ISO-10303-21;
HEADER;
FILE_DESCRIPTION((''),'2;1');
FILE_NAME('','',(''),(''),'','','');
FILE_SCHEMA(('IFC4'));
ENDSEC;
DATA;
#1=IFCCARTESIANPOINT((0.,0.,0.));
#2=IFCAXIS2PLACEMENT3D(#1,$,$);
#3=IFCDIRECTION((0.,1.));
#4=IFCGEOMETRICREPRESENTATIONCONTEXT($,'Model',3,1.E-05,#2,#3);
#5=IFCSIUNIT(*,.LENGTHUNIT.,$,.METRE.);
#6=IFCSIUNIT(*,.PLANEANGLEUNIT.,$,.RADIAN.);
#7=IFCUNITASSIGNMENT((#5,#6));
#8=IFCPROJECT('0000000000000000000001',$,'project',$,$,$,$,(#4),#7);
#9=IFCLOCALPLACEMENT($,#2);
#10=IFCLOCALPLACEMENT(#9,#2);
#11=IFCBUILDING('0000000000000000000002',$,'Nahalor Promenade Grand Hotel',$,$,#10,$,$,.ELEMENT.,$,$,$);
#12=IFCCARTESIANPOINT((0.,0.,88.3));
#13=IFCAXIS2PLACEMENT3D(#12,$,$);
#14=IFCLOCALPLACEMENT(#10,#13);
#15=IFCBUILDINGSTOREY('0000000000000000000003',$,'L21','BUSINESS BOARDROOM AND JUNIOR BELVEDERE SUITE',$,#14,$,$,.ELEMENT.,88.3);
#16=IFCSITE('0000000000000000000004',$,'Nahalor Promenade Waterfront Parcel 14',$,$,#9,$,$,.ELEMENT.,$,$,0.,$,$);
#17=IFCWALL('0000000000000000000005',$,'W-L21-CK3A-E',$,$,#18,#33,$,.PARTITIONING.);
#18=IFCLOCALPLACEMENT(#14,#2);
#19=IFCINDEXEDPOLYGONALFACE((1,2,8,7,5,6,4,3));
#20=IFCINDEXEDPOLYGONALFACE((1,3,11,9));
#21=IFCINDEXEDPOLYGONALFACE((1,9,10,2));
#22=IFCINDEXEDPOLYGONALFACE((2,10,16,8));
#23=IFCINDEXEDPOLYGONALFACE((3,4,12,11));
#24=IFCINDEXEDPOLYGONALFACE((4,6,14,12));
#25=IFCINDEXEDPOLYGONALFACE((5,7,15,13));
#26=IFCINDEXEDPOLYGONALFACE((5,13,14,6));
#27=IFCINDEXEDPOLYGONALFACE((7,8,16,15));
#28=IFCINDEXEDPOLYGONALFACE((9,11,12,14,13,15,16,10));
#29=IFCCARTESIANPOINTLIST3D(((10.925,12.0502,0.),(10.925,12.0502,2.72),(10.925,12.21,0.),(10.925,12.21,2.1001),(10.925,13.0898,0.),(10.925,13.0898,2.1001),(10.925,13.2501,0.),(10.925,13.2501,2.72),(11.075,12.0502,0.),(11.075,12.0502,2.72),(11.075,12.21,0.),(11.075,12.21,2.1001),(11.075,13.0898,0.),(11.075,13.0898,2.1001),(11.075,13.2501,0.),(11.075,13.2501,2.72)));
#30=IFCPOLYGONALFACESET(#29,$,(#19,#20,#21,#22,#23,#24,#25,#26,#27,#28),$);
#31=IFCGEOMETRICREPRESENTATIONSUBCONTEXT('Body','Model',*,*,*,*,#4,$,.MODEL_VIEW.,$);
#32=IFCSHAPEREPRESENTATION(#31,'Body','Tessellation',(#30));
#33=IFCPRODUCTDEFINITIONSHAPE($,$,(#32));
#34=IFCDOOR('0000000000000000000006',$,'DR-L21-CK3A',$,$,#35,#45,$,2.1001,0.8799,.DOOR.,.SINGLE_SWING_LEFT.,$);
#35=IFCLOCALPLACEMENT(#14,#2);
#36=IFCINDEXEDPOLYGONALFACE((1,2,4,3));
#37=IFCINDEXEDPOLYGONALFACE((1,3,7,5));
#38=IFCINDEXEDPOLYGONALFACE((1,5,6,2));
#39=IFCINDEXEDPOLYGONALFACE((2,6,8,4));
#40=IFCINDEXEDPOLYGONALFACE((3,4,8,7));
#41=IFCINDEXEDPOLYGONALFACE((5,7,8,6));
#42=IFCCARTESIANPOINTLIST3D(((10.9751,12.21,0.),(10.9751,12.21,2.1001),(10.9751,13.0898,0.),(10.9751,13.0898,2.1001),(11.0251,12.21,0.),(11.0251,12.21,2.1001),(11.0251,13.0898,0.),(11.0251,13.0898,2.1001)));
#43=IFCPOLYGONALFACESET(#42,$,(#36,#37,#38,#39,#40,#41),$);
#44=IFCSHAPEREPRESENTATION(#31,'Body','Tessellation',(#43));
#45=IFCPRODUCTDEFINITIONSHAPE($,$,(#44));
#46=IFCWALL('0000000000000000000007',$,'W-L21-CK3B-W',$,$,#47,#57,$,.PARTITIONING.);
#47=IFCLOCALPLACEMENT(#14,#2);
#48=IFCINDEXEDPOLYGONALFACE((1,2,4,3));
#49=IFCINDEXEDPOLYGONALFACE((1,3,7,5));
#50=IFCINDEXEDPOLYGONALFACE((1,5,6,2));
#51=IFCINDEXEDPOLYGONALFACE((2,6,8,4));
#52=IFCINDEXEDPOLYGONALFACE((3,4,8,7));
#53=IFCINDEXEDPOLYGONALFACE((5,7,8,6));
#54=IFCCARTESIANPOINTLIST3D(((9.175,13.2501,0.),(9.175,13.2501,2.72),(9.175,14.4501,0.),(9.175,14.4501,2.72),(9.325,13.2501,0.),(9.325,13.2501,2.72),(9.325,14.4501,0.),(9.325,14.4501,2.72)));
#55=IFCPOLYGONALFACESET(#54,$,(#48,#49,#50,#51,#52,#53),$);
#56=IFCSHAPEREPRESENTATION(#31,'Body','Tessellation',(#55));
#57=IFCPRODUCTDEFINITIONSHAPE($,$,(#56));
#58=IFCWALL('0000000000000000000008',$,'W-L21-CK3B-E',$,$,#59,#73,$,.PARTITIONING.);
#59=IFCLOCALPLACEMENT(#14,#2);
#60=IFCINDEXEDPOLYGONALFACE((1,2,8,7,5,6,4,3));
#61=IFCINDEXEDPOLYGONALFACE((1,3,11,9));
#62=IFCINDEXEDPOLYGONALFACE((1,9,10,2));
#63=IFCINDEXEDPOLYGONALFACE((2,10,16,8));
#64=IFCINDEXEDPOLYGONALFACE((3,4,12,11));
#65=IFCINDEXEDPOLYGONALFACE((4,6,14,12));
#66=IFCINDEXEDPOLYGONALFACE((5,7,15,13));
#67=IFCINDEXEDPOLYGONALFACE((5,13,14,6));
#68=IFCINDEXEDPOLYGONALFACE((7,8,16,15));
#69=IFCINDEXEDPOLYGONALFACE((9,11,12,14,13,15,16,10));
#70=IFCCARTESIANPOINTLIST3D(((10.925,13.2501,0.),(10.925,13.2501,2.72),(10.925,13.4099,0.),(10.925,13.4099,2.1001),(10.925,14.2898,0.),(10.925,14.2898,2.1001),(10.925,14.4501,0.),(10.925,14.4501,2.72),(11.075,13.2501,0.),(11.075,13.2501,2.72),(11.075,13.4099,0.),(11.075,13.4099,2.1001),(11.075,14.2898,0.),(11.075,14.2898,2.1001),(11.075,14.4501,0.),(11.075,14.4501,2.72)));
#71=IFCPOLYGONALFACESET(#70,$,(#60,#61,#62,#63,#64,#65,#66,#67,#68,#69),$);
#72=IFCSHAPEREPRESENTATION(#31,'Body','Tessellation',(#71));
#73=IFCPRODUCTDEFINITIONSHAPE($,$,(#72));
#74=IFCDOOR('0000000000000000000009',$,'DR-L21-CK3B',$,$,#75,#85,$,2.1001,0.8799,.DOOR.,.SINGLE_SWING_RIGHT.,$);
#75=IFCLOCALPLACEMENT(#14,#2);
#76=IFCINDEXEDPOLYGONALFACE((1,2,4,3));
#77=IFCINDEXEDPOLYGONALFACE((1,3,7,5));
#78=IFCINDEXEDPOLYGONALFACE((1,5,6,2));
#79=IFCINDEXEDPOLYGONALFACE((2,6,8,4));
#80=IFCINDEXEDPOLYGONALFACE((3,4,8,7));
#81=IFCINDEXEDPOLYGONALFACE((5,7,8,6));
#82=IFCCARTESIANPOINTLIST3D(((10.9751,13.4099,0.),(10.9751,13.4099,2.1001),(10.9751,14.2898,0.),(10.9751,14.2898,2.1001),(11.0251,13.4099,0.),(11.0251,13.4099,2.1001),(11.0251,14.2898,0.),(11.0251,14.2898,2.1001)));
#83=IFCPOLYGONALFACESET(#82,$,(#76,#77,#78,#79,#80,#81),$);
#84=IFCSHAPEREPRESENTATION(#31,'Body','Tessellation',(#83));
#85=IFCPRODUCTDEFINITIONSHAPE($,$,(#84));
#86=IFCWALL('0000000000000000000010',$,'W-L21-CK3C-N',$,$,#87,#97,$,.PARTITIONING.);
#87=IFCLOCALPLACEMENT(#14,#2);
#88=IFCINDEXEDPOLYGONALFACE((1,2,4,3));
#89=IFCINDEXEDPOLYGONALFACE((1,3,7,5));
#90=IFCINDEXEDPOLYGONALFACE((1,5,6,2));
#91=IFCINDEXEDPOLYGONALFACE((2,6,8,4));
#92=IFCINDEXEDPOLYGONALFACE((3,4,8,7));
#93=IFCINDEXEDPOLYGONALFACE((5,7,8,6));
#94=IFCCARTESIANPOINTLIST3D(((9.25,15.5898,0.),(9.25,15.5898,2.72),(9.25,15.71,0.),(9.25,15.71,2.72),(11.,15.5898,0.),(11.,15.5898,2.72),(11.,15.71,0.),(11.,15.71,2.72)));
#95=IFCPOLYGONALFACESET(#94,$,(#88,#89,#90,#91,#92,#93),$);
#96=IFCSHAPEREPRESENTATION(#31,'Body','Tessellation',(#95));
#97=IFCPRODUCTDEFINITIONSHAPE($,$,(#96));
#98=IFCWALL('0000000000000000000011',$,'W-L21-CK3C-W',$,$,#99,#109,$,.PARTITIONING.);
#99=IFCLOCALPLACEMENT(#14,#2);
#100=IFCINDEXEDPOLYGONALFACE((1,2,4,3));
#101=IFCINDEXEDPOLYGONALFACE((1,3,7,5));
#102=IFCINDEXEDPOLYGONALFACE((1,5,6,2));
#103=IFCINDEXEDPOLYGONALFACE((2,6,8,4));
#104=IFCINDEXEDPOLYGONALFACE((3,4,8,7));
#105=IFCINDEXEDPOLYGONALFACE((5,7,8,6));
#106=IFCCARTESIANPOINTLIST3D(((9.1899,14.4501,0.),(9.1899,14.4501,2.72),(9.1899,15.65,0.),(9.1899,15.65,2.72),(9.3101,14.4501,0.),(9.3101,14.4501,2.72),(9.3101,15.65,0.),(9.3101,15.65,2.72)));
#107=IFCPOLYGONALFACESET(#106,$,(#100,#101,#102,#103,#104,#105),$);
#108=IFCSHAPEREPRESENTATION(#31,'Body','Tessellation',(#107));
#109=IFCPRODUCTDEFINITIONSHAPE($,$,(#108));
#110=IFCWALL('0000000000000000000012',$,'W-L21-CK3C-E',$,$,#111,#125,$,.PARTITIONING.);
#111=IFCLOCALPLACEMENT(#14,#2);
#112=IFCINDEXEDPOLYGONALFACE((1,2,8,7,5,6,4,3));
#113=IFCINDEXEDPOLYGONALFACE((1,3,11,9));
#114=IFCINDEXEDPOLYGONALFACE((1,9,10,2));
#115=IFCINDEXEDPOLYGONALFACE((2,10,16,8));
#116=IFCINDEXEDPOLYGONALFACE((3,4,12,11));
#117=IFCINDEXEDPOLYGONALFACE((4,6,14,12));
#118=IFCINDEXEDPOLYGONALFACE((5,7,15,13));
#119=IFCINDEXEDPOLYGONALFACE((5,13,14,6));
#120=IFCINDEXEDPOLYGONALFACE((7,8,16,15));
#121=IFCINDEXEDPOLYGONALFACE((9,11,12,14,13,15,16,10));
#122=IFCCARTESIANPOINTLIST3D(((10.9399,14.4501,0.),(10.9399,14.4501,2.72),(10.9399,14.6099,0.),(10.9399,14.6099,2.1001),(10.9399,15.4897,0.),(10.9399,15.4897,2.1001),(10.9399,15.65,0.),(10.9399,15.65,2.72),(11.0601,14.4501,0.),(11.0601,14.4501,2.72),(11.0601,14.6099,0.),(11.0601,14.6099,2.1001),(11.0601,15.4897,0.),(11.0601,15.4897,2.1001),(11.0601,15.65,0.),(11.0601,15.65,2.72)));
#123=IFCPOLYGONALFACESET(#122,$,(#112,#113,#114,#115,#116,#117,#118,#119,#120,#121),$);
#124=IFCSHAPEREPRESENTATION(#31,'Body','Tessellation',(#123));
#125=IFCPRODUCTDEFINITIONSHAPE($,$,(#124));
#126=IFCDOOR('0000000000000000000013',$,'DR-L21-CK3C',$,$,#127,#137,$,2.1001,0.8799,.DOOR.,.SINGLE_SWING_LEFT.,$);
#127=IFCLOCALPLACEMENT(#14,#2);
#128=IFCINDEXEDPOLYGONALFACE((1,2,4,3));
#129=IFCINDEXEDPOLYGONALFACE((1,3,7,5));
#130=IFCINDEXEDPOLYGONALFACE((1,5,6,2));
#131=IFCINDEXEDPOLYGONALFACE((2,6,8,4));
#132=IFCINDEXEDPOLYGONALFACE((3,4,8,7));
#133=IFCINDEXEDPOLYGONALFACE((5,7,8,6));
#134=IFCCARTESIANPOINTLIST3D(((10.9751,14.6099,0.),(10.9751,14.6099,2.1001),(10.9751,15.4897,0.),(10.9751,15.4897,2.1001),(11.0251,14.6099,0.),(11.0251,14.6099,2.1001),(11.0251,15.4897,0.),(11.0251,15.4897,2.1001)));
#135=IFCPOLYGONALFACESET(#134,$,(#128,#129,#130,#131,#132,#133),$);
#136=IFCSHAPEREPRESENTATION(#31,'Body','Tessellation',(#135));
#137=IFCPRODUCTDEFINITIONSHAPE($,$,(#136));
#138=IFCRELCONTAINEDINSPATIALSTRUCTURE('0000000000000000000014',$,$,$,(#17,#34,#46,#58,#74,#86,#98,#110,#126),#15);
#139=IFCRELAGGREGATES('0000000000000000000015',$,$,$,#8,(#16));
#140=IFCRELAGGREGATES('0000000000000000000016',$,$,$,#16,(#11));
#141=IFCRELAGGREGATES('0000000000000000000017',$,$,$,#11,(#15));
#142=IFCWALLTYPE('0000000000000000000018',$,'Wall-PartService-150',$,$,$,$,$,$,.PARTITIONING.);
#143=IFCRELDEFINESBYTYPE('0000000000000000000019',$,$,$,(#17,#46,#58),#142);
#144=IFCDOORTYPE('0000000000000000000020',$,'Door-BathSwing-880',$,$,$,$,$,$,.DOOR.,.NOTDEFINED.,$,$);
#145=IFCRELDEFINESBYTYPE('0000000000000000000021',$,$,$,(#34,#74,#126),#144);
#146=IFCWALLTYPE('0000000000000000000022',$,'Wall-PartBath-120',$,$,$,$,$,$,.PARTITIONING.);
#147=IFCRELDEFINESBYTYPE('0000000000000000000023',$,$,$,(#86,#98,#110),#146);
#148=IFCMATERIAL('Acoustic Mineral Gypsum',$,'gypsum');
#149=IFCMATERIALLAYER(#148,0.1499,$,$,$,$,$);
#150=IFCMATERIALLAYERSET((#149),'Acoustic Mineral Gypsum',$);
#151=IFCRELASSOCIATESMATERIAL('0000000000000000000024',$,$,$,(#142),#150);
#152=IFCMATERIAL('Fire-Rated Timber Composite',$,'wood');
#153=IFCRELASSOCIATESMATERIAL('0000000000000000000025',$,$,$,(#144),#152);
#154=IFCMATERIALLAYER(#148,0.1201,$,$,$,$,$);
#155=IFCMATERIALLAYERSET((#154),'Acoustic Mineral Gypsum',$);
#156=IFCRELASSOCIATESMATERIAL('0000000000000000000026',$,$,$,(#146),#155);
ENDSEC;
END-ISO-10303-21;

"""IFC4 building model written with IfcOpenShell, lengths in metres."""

from ifc_helpers import new_model, si_unit, direction, frame, frame_2d, origin, place, context, subcontext, project, spatial, rectangle, extrude, source, transform, mapped, material, layer, layer_set, type_object, element, fill, save


model = new_model("IFC4")

# Units and contexts
model_context = context("Model", 3, precision=1e-05, world=origin(), true_north=direction((0.0, 1.0)))
body_context = subcontext(model_context, "Body", "Model", "MODEL_VIEW")
ifc_project = project(units=[si_unit("LENGTHUNIT", "METRE"), si_unit("PLANEANGLEUNIT", "RADIAN")], contexts=[model_context])

# Site, building, storey
site_placement = place(None, origin())
site = spatial("IfcSite", under=ifc_project, at=site_placement, Name="Nahalor Promenade Waterfront Parcel 14", CompositionType="ELEMENT", RefElevation=0.0)
building_placement = place(site_placement, origin())
building = spatial("IfcBuilding", under=site, at=building_placement, Name="Nahalor Promenade Grand Hotel", CompositionType="ELEMENT")
storey_placement = place(building_placement, frame((0.0, 0.0, 88.3)))
storey = spatial("IfcBuildingStorey", under=building, at=storey_placement, Name="L21", Description="BUSINESS BOARDROOM AND JUNIOR BELVEDERE SUITE", CompositionType="ELEMENT", Elevation=88.3)

# Shared definitions
ifc_material_1 = material(Name="Acoustic Mineral Gypsum", Category="gypsum")
ifc_layer_1 = layer(ifc_material_1, 0.1499)
ifc_layer_set_1 = layer_set([ifc_layer_1], Name="Acoustic Mineral Gypsum")
wall_type_1 = type_object("IfcWallType", Name="Wall-PartService-150", PredefinedType="PARTITIONING", material=ifc_layer_set_1)
shared_shape_1 = source(origin(), body_context, "Body", "SweptSolid", [
    extrude(rectangle(XDim=1.2, YDim=0.1499, at=frame_2d((0.6001, 0.0))), origin(), (0.0, 0.0, 1.0), 2.72),
])

# Wall, opening, door
wall_1_placement = place(storey_placement, frame((11.0, 12.05, 0.0), z_axis=(0.0, 0.0, 1.0), x_axis=(0.0, 1.0, 0.0)))
wall_1 = element("IfcWall", 1, at=wall_1_placement, inside=storey, type_object=wall_type_1, Name="W-L21-CK3A-E", PredefinedType="PARTITIONING", context=body_context, shape_type="MappedRepresentation", body=[
    mapped(shared_shape_1, transform((0.0, 0.0, 0.0), scale=1.0)),
])
opening_1_placement = place(wall_1_placement, frame((0.1599, 0.0, 0.0)))
opening_1 = element("IfcOpeningElement", 2, at=opening_1_placement, cuts=wall_1, PredefinedType="OPENING", context=body_context, shape_type="SweptSolid", body=[
    extrude(rectangle(XDim=0.8799, YDim=2.1001, at=frame_2d((0.4399, 1.05))), frame((0.0, 0.085, 0.0), z_axis=(0.0, -1.0, 0.0), x_axis=(1.0, 0.0, 0.0)), (0.0, 0.0, 1.0), 0.1699),
])
ifc_material_2 = material(Name="Fire-Rated Timber Composite", Category="wood")
door_type_1 = type_object("IfcDoorType", Name="Door-BathSwing-880", OperationType="NOTDEFINED", PredefinedType="DOOR", material=ifc_material_2)
shared_shape_2 = source(origin(), body_context, "Body", "SweptSolid", [
    extrude(rectangle(XDim=0.8799, YDim=2.1001, at=frame_2d((0.4399, 1.05))), frame((0.0, 0.0249, 0.0), z_axis=(0.0, -1.0, 0.0), x_axis=(1.0, 0.0, 0.0)), (0.0, 0.0, 1.0), 0.05),
])
door_1_placement = place(opening_1_placement, origin())
door_1 = element("IfcDoor", 3, at=door_1_placement, inside=storey, type_object=door_type_1, Name="DR-L21-CK3A", OperationType="SINGLE_SWING_LEFT", OverallHeight=2.1001, OverallWidth=0.8799, PredefinedType="DOOR", context=body_context, shape_type="MappedRepresentation", body=[
    mapped(shared_shape_2, transform((0.0, 0.0, 0.0), scale=1.0)),
])
fill(opening_1, door_1)

# Wall
wall_2_placement = place(storey_placement, frame((9.25, 13.25, 0.0), z_axis=(0.0, 0.0, 1.0), x_axis=(0.0, 1.0, 0.0)))
element("IfcWall", 4, at=wall_2_placement, inside=storey, type_object=wall_type_1, Name="W-L21-CK3B-W", PredefinedType="PARTITIONING", context=body_context, shape_type="MappedRepresentation", body=[
    mapped(shared_shape_1, transform((0.0, 0.0, 0.0), scale=1.0)),
])

# Wall, opening, door
wall_3_placement = place(storey_placement, frame((11.0, 13.25, 0.0), z_axis=(0.0, 0.0, 1.0), x_axis=(0.0, 1.0, 0.0)))
wall_3 = element("IfcWall", 5, at=wall_3_placement, inside=storey, type_object=wall_type_1, Name="W-L21-CK3B-E", PredefinedType="PARTITIONING", context=body_context, shape_type="MappedRepresentation", body=[
    mapped(shared_shape_1, transform((0.0, 0.0, 0.0), scale=1.0)),
])
opening_2_placement = place(wall_3_placement, frame((0.1599, 0.0, 0.0)))
opening_2 = element("IfcOpeningElement", 6, at=opening_2_placement, cuts=wall_3, PredefinedType="OPENING", context=body_context, shape_type="SweptSolid", body=[
    extrude(rectangle(XDim=0.8799, YDim=2.1001, at=frame_2d((0.4399, 1.05))), frame((0.0, 0.085, 0.0), z_axis=(0.0, -1.0, 0.0), x_axis=(1.0, 0.0, 0.0)), (0.0, 0.0, 1.0), 0.1699),
])
door_2_placement = place(opening_2_placement, origin())
door_2 = element("IfcDoor", 7, at=door_2_placement, inside=storey, type_object=door_type_1, Name="DR-L21-CK3B", OperationType="SINGLE_SWING_RIGHT", OverallHeight=2.1001, OverallWidth=0.8799, PredefinedType="DOOR", context=body_context, shape_type="MappedRepresentation", body=[
    mapped(shared_shape_2, transform((0.0, 0.0, 0.0), scale=1.0)),
])
fill(opening_2, door_2)

# Walls
ifc_layer_2 = layer(ifc_material_1, 0.1201)
ifc_layer_set_2 = layer_set([ifc_layer_2], Name="Acoustic Mineral Gypsum")
wall_type_2 = type_object("IfcWallType", Name="Wall-PartBath-120", PredefinedType="PARTITIONING", material=ifc_layer_set_2)
shared_shape_3 = source(origin(), body_context, "Body", "SweptSolid", [
    extrude(rectangle(XDim=1.75, YDim=0.1201, at=frame_2d((0.875, 0.0))), origin(), (0.0, 0.0, 1.0), 2.72),
])
wall_4_placement = place(storey_placement, frame((9.25, 15.6499, 0.0), z_axis=(0.0, 0.0, 1.0), x_axis=(1.0, 0.0, 0.0)))
element("IfcWall", 8, at=wall_4_placement, inside=storey, type_object=wall_type_2, Name="W-L21-CK3C-N", PredefinedType="PARTITIONING", context=body_context, shape_type="MappedRepresentation", body=[
    mapped(shared_shape_3, transform((0.0, 0.0, 0.0), scale=1.0)),
])
shared_shape_4 = source(origin(), body_context, "Body", "SweptSolid", [
    extrude(rectangle(XDim=1.2, YDim=0.1201, at=frame_2d((0.6001, 0.0))), origin(), (0.0, 0.0, 1.0), 2.72),
])
wall_5_placement = place(storey_placement, frame((9.25, 14.45, 0.0), z_axis=(0.0, 0.0, 1.0), x_axis=(0.0, 1.0, 0.0)))
element("IfcWall", 9, at=wall_5_placement, inside=storey, type_object=wall_type_2, Name="W-L21-CK3C-W", PredefinedType="PARTITIONING", context=body_context, shape_type="MappedRepresentation", body=[
    mapped(shared_shape_4, transform((0.0, 0.0, 0.0), scale=1.0)),
])

# Wall, opening, door
wall_6_placement = place(storey_placement, frame((11.0, 14.45, 0.0), z_axis=(0.0, 0.0, 1.0), x_axis=(0.0, 1.0, 0.0)))
wall_6 = element("IfcWall", 10, at=wall_6_placement, inside=storey, type_object=wall_type_2, Name="W-L21-CK3C-E", PredefinedType="PARTITIONING", context=body_context, shape_type="MappedRepresentation", body=[
    mapped(shared_shape_4, transform((0.0, 0.0, 0.0), scale=1.0)),
])
opening_3_placement = place(wall_6_placement, frame((0.1599, 0.0, 0.0)))
opening_3 = element("IfcOpeningElement", 11, at=opening_3_placement, cuts=wall_6, PredefinedType="OPENING", context=body_context, shape_type="SweptSolid", body=[
    extrude(rectangle(XDim=0.8799, YDim=2.1001, at=frame_2d((0.4399, 1.05))), frame((0.0, 0.0701, 0.0), z_axis=(0.0, -1.0, 0.0), x_axis=(1.0, 0.0, 0.0)), (0.0, 0.0, 1.0), 0.1401),
])
door_3_placement = place(opening_3_placement, origin())
door_3 = element("IfcDoor", 12, at=door_3_placement, inside=storey, type_object=door_type_1, Name="DR-L21-CK3C", OperationType="SINGLE_SWING_LEFT", OverallHeight=2.1001, OverallWidth=0.8799, PredefinedType="DOOR", context=body_context, shape_type="MappedRepresentation", body=[
    mapped(shared_shape_2, transform((0.0, 0.0, 0.0), scale=1.0)),
])
fill(opening_3, door_3)

save(model, "model.ifc")
